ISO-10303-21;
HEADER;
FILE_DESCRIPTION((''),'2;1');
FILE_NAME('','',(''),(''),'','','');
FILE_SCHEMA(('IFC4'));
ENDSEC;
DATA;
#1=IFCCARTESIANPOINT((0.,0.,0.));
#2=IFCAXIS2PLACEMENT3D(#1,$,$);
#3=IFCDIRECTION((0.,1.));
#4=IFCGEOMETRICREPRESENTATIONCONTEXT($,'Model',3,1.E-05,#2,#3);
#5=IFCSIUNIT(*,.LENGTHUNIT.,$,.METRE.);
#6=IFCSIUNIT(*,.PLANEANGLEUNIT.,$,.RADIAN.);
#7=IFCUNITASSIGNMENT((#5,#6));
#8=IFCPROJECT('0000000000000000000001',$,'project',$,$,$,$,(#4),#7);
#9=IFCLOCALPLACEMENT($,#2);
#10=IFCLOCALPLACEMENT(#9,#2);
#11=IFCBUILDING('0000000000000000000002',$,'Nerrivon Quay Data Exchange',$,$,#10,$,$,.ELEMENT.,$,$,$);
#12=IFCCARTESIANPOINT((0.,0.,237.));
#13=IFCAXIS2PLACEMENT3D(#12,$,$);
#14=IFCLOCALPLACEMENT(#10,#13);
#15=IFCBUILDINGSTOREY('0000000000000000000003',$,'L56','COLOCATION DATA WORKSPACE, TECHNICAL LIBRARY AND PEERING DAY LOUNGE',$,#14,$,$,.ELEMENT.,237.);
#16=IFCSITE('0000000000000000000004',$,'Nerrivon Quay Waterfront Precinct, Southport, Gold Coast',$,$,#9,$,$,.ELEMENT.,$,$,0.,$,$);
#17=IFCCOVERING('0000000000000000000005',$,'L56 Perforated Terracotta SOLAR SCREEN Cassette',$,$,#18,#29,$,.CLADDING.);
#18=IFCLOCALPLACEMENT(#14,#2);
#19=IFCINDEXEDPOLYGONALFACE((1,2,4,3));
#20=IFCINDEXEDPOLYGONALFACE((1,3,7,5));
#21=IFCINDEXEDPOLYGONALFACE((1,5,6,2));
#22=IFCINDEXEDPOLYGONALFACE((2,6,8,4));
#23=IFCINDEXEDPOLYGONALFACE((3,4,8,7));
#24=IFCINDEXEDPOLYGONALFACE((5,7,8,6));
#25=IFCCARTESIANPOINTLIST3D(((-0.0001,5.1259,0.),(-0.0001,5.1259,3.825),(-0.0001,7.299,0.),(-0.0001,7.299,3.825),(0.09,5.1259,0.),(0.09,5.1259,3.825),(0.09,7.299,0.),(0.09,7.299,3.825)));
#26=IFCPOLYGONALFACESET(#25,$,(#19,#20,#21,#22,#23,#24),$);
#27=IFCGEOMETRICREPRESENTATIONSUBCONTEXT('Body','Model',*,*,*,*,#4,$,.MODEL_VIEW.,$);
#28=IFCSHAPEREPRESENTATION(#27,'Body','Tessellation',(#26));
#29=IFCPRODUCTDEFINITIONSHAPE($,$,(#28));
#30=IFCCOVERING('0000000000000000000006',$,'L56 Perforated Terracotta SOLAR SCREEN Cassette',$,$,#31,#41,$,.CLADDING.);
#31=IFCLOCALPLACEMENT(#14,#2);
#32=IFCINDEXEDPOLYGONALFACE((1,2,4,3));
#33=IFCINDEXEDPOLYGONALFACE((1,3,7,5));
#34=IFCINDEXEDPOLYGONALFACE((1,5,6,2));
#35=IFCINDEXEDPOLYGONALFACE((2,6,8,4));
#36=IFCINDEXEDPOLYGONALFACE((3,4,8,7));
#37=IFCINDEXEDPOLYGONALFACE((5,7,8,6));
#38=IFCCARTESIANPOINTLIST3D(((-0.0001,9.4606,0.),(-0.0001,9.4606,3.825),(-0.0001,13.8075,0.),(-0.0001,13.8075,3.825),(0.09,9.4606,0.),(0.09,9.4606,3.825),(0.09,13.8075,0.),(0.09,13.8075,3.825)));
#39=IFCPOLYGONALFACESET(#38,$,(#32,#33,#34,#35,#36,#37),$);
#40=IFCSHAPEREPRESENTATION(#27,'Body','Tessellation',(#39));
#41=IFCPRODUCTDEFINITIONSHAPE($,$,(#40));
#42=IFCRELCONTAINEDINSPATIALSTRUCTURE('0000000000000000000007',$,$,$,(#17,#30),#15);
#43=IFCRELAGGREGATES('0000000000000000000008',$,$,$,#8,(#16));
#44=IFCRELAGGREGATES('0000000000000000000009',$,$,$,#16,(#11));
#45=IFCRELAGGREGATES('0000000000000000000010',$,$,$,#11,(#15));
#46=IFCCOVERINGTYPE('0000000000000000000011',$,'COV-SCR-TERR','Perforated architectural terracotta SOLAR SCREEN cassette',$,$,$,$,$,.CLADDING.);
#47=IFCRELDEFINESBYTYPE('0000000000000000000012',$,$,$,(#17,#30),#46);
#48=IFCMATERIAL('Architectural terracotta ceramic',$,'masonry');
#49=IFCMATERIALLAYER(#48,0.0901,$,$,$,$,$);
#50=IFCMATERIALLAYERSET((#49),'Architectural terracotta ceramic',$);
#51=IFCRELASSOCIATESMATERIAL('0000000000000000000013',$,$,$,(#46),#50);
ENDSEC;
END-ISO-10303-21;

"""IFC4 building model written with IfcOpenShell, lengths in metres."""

from ifc_helpers import new_model, si_unit, direction, frame, origin, origin_2d, place, context, subcontext, project, spatial, rectangle, extrude, material, layer, layer_set, type_object, element, save


model = new_model("IFC4")

# Units and contexts
model_context = context("Model", 3, precision=1e-05, world=origin(), true_north=direction((0.0, 1.0)))
body_context = subcontext(model_context, "Body", "Model", "MODEL_VIEW")
ifc_project = project(units=[si_unit("LENGTHUNIT", "METRE"), si_unit("PLANEANGLEUNIT", "RADIAN")], contexts=[model_context])

# Site, building, storey
site_placement = place(None, origin())
site = spatial("IfcSite", under=ifc_project, at=site_placement, Name="Nerrivon Quay Waterfront Precinct, Southport, Gold Coast", CompositionType="ELEMENT", RefElevation=0.0)
building_placement = place(site_placement, origin())
building = spatial("IfcBuilding", under=site, at=building_placement, Name="Nerrivon Quay Data Exchange", CompositionType="ELEMENT")
storey_placement = place(building_placement, frame((0.0, 0.0, 237.0)))
storey = spatial("IfcBuildingStorey", under=building, at=storey_placement, Name="L56", Description="COLOCATION DATA WORKSPACE, TECHNICAL LIBRARY AND PEERING DAY LOUNGE", CompositionType="ELEMENT", Elevation=237.0)

# Coverings
ifc_material_1 = material(Name="Architectural terracotta ceramic", Category="masonry")
ifc_layer_1 = layer(ifc_material_1, 0.0901)
ifc_layer_set_1 = layer_set([ifc_layer_1], Name="Architectural terracotta ceramic")
covering_type = type_object("IfcCoveringType", Name="COV-SCR-TERR", Description="Perforated architectural terracotta SOLAR SCREEN cassette", PredefinedType="CLADDING", material=ifc_layer_set_1)
covering_1_placement = place(storey_placement, frame((0.0449, 6.2124, 0.0), z_axis=(0.0, 0.0, 1.0), x_axis=(0.0, 1.0, 0.0)))
element("IfcCovering", 1, at=covering_1_placement, inside=storey, type_object=covering_type, Name="L56 Perforated Terracotta SOLAR SCREEN Cassette", PredefinedType="CLADDING", context=body_context, shape_type="SweptSolid", body=[
    extrude(rectangle(XDim=2.1731, YDim=0.0901, at=origin_2d()), origin(), (0.0, 0.0, 1.0), 3.825),
])
covering_2_placement = place(storey_placement, frame((0.0449, 11.634, 0.0), z_axis=(0.0, 0.0, 1.0), x_axis=(0.0, 1.0, 0.0)))
element("IfcCovering", 2, at=covering_2_placement, inside=storey, type_object=covering_type, Name="L56 Perforated Terracotta SOLAR SCREEN Cassette", PredefinedType="CLADDING", context=body_context, shape_type="SweptSolid", body=[
    extrude(rectangle(XDim=4.3469, YDim=0.0901, at=origin_2d()), origin(), (0.0, 0.0, 1.0), 3.825),
])

save(model, "model.ifc")
